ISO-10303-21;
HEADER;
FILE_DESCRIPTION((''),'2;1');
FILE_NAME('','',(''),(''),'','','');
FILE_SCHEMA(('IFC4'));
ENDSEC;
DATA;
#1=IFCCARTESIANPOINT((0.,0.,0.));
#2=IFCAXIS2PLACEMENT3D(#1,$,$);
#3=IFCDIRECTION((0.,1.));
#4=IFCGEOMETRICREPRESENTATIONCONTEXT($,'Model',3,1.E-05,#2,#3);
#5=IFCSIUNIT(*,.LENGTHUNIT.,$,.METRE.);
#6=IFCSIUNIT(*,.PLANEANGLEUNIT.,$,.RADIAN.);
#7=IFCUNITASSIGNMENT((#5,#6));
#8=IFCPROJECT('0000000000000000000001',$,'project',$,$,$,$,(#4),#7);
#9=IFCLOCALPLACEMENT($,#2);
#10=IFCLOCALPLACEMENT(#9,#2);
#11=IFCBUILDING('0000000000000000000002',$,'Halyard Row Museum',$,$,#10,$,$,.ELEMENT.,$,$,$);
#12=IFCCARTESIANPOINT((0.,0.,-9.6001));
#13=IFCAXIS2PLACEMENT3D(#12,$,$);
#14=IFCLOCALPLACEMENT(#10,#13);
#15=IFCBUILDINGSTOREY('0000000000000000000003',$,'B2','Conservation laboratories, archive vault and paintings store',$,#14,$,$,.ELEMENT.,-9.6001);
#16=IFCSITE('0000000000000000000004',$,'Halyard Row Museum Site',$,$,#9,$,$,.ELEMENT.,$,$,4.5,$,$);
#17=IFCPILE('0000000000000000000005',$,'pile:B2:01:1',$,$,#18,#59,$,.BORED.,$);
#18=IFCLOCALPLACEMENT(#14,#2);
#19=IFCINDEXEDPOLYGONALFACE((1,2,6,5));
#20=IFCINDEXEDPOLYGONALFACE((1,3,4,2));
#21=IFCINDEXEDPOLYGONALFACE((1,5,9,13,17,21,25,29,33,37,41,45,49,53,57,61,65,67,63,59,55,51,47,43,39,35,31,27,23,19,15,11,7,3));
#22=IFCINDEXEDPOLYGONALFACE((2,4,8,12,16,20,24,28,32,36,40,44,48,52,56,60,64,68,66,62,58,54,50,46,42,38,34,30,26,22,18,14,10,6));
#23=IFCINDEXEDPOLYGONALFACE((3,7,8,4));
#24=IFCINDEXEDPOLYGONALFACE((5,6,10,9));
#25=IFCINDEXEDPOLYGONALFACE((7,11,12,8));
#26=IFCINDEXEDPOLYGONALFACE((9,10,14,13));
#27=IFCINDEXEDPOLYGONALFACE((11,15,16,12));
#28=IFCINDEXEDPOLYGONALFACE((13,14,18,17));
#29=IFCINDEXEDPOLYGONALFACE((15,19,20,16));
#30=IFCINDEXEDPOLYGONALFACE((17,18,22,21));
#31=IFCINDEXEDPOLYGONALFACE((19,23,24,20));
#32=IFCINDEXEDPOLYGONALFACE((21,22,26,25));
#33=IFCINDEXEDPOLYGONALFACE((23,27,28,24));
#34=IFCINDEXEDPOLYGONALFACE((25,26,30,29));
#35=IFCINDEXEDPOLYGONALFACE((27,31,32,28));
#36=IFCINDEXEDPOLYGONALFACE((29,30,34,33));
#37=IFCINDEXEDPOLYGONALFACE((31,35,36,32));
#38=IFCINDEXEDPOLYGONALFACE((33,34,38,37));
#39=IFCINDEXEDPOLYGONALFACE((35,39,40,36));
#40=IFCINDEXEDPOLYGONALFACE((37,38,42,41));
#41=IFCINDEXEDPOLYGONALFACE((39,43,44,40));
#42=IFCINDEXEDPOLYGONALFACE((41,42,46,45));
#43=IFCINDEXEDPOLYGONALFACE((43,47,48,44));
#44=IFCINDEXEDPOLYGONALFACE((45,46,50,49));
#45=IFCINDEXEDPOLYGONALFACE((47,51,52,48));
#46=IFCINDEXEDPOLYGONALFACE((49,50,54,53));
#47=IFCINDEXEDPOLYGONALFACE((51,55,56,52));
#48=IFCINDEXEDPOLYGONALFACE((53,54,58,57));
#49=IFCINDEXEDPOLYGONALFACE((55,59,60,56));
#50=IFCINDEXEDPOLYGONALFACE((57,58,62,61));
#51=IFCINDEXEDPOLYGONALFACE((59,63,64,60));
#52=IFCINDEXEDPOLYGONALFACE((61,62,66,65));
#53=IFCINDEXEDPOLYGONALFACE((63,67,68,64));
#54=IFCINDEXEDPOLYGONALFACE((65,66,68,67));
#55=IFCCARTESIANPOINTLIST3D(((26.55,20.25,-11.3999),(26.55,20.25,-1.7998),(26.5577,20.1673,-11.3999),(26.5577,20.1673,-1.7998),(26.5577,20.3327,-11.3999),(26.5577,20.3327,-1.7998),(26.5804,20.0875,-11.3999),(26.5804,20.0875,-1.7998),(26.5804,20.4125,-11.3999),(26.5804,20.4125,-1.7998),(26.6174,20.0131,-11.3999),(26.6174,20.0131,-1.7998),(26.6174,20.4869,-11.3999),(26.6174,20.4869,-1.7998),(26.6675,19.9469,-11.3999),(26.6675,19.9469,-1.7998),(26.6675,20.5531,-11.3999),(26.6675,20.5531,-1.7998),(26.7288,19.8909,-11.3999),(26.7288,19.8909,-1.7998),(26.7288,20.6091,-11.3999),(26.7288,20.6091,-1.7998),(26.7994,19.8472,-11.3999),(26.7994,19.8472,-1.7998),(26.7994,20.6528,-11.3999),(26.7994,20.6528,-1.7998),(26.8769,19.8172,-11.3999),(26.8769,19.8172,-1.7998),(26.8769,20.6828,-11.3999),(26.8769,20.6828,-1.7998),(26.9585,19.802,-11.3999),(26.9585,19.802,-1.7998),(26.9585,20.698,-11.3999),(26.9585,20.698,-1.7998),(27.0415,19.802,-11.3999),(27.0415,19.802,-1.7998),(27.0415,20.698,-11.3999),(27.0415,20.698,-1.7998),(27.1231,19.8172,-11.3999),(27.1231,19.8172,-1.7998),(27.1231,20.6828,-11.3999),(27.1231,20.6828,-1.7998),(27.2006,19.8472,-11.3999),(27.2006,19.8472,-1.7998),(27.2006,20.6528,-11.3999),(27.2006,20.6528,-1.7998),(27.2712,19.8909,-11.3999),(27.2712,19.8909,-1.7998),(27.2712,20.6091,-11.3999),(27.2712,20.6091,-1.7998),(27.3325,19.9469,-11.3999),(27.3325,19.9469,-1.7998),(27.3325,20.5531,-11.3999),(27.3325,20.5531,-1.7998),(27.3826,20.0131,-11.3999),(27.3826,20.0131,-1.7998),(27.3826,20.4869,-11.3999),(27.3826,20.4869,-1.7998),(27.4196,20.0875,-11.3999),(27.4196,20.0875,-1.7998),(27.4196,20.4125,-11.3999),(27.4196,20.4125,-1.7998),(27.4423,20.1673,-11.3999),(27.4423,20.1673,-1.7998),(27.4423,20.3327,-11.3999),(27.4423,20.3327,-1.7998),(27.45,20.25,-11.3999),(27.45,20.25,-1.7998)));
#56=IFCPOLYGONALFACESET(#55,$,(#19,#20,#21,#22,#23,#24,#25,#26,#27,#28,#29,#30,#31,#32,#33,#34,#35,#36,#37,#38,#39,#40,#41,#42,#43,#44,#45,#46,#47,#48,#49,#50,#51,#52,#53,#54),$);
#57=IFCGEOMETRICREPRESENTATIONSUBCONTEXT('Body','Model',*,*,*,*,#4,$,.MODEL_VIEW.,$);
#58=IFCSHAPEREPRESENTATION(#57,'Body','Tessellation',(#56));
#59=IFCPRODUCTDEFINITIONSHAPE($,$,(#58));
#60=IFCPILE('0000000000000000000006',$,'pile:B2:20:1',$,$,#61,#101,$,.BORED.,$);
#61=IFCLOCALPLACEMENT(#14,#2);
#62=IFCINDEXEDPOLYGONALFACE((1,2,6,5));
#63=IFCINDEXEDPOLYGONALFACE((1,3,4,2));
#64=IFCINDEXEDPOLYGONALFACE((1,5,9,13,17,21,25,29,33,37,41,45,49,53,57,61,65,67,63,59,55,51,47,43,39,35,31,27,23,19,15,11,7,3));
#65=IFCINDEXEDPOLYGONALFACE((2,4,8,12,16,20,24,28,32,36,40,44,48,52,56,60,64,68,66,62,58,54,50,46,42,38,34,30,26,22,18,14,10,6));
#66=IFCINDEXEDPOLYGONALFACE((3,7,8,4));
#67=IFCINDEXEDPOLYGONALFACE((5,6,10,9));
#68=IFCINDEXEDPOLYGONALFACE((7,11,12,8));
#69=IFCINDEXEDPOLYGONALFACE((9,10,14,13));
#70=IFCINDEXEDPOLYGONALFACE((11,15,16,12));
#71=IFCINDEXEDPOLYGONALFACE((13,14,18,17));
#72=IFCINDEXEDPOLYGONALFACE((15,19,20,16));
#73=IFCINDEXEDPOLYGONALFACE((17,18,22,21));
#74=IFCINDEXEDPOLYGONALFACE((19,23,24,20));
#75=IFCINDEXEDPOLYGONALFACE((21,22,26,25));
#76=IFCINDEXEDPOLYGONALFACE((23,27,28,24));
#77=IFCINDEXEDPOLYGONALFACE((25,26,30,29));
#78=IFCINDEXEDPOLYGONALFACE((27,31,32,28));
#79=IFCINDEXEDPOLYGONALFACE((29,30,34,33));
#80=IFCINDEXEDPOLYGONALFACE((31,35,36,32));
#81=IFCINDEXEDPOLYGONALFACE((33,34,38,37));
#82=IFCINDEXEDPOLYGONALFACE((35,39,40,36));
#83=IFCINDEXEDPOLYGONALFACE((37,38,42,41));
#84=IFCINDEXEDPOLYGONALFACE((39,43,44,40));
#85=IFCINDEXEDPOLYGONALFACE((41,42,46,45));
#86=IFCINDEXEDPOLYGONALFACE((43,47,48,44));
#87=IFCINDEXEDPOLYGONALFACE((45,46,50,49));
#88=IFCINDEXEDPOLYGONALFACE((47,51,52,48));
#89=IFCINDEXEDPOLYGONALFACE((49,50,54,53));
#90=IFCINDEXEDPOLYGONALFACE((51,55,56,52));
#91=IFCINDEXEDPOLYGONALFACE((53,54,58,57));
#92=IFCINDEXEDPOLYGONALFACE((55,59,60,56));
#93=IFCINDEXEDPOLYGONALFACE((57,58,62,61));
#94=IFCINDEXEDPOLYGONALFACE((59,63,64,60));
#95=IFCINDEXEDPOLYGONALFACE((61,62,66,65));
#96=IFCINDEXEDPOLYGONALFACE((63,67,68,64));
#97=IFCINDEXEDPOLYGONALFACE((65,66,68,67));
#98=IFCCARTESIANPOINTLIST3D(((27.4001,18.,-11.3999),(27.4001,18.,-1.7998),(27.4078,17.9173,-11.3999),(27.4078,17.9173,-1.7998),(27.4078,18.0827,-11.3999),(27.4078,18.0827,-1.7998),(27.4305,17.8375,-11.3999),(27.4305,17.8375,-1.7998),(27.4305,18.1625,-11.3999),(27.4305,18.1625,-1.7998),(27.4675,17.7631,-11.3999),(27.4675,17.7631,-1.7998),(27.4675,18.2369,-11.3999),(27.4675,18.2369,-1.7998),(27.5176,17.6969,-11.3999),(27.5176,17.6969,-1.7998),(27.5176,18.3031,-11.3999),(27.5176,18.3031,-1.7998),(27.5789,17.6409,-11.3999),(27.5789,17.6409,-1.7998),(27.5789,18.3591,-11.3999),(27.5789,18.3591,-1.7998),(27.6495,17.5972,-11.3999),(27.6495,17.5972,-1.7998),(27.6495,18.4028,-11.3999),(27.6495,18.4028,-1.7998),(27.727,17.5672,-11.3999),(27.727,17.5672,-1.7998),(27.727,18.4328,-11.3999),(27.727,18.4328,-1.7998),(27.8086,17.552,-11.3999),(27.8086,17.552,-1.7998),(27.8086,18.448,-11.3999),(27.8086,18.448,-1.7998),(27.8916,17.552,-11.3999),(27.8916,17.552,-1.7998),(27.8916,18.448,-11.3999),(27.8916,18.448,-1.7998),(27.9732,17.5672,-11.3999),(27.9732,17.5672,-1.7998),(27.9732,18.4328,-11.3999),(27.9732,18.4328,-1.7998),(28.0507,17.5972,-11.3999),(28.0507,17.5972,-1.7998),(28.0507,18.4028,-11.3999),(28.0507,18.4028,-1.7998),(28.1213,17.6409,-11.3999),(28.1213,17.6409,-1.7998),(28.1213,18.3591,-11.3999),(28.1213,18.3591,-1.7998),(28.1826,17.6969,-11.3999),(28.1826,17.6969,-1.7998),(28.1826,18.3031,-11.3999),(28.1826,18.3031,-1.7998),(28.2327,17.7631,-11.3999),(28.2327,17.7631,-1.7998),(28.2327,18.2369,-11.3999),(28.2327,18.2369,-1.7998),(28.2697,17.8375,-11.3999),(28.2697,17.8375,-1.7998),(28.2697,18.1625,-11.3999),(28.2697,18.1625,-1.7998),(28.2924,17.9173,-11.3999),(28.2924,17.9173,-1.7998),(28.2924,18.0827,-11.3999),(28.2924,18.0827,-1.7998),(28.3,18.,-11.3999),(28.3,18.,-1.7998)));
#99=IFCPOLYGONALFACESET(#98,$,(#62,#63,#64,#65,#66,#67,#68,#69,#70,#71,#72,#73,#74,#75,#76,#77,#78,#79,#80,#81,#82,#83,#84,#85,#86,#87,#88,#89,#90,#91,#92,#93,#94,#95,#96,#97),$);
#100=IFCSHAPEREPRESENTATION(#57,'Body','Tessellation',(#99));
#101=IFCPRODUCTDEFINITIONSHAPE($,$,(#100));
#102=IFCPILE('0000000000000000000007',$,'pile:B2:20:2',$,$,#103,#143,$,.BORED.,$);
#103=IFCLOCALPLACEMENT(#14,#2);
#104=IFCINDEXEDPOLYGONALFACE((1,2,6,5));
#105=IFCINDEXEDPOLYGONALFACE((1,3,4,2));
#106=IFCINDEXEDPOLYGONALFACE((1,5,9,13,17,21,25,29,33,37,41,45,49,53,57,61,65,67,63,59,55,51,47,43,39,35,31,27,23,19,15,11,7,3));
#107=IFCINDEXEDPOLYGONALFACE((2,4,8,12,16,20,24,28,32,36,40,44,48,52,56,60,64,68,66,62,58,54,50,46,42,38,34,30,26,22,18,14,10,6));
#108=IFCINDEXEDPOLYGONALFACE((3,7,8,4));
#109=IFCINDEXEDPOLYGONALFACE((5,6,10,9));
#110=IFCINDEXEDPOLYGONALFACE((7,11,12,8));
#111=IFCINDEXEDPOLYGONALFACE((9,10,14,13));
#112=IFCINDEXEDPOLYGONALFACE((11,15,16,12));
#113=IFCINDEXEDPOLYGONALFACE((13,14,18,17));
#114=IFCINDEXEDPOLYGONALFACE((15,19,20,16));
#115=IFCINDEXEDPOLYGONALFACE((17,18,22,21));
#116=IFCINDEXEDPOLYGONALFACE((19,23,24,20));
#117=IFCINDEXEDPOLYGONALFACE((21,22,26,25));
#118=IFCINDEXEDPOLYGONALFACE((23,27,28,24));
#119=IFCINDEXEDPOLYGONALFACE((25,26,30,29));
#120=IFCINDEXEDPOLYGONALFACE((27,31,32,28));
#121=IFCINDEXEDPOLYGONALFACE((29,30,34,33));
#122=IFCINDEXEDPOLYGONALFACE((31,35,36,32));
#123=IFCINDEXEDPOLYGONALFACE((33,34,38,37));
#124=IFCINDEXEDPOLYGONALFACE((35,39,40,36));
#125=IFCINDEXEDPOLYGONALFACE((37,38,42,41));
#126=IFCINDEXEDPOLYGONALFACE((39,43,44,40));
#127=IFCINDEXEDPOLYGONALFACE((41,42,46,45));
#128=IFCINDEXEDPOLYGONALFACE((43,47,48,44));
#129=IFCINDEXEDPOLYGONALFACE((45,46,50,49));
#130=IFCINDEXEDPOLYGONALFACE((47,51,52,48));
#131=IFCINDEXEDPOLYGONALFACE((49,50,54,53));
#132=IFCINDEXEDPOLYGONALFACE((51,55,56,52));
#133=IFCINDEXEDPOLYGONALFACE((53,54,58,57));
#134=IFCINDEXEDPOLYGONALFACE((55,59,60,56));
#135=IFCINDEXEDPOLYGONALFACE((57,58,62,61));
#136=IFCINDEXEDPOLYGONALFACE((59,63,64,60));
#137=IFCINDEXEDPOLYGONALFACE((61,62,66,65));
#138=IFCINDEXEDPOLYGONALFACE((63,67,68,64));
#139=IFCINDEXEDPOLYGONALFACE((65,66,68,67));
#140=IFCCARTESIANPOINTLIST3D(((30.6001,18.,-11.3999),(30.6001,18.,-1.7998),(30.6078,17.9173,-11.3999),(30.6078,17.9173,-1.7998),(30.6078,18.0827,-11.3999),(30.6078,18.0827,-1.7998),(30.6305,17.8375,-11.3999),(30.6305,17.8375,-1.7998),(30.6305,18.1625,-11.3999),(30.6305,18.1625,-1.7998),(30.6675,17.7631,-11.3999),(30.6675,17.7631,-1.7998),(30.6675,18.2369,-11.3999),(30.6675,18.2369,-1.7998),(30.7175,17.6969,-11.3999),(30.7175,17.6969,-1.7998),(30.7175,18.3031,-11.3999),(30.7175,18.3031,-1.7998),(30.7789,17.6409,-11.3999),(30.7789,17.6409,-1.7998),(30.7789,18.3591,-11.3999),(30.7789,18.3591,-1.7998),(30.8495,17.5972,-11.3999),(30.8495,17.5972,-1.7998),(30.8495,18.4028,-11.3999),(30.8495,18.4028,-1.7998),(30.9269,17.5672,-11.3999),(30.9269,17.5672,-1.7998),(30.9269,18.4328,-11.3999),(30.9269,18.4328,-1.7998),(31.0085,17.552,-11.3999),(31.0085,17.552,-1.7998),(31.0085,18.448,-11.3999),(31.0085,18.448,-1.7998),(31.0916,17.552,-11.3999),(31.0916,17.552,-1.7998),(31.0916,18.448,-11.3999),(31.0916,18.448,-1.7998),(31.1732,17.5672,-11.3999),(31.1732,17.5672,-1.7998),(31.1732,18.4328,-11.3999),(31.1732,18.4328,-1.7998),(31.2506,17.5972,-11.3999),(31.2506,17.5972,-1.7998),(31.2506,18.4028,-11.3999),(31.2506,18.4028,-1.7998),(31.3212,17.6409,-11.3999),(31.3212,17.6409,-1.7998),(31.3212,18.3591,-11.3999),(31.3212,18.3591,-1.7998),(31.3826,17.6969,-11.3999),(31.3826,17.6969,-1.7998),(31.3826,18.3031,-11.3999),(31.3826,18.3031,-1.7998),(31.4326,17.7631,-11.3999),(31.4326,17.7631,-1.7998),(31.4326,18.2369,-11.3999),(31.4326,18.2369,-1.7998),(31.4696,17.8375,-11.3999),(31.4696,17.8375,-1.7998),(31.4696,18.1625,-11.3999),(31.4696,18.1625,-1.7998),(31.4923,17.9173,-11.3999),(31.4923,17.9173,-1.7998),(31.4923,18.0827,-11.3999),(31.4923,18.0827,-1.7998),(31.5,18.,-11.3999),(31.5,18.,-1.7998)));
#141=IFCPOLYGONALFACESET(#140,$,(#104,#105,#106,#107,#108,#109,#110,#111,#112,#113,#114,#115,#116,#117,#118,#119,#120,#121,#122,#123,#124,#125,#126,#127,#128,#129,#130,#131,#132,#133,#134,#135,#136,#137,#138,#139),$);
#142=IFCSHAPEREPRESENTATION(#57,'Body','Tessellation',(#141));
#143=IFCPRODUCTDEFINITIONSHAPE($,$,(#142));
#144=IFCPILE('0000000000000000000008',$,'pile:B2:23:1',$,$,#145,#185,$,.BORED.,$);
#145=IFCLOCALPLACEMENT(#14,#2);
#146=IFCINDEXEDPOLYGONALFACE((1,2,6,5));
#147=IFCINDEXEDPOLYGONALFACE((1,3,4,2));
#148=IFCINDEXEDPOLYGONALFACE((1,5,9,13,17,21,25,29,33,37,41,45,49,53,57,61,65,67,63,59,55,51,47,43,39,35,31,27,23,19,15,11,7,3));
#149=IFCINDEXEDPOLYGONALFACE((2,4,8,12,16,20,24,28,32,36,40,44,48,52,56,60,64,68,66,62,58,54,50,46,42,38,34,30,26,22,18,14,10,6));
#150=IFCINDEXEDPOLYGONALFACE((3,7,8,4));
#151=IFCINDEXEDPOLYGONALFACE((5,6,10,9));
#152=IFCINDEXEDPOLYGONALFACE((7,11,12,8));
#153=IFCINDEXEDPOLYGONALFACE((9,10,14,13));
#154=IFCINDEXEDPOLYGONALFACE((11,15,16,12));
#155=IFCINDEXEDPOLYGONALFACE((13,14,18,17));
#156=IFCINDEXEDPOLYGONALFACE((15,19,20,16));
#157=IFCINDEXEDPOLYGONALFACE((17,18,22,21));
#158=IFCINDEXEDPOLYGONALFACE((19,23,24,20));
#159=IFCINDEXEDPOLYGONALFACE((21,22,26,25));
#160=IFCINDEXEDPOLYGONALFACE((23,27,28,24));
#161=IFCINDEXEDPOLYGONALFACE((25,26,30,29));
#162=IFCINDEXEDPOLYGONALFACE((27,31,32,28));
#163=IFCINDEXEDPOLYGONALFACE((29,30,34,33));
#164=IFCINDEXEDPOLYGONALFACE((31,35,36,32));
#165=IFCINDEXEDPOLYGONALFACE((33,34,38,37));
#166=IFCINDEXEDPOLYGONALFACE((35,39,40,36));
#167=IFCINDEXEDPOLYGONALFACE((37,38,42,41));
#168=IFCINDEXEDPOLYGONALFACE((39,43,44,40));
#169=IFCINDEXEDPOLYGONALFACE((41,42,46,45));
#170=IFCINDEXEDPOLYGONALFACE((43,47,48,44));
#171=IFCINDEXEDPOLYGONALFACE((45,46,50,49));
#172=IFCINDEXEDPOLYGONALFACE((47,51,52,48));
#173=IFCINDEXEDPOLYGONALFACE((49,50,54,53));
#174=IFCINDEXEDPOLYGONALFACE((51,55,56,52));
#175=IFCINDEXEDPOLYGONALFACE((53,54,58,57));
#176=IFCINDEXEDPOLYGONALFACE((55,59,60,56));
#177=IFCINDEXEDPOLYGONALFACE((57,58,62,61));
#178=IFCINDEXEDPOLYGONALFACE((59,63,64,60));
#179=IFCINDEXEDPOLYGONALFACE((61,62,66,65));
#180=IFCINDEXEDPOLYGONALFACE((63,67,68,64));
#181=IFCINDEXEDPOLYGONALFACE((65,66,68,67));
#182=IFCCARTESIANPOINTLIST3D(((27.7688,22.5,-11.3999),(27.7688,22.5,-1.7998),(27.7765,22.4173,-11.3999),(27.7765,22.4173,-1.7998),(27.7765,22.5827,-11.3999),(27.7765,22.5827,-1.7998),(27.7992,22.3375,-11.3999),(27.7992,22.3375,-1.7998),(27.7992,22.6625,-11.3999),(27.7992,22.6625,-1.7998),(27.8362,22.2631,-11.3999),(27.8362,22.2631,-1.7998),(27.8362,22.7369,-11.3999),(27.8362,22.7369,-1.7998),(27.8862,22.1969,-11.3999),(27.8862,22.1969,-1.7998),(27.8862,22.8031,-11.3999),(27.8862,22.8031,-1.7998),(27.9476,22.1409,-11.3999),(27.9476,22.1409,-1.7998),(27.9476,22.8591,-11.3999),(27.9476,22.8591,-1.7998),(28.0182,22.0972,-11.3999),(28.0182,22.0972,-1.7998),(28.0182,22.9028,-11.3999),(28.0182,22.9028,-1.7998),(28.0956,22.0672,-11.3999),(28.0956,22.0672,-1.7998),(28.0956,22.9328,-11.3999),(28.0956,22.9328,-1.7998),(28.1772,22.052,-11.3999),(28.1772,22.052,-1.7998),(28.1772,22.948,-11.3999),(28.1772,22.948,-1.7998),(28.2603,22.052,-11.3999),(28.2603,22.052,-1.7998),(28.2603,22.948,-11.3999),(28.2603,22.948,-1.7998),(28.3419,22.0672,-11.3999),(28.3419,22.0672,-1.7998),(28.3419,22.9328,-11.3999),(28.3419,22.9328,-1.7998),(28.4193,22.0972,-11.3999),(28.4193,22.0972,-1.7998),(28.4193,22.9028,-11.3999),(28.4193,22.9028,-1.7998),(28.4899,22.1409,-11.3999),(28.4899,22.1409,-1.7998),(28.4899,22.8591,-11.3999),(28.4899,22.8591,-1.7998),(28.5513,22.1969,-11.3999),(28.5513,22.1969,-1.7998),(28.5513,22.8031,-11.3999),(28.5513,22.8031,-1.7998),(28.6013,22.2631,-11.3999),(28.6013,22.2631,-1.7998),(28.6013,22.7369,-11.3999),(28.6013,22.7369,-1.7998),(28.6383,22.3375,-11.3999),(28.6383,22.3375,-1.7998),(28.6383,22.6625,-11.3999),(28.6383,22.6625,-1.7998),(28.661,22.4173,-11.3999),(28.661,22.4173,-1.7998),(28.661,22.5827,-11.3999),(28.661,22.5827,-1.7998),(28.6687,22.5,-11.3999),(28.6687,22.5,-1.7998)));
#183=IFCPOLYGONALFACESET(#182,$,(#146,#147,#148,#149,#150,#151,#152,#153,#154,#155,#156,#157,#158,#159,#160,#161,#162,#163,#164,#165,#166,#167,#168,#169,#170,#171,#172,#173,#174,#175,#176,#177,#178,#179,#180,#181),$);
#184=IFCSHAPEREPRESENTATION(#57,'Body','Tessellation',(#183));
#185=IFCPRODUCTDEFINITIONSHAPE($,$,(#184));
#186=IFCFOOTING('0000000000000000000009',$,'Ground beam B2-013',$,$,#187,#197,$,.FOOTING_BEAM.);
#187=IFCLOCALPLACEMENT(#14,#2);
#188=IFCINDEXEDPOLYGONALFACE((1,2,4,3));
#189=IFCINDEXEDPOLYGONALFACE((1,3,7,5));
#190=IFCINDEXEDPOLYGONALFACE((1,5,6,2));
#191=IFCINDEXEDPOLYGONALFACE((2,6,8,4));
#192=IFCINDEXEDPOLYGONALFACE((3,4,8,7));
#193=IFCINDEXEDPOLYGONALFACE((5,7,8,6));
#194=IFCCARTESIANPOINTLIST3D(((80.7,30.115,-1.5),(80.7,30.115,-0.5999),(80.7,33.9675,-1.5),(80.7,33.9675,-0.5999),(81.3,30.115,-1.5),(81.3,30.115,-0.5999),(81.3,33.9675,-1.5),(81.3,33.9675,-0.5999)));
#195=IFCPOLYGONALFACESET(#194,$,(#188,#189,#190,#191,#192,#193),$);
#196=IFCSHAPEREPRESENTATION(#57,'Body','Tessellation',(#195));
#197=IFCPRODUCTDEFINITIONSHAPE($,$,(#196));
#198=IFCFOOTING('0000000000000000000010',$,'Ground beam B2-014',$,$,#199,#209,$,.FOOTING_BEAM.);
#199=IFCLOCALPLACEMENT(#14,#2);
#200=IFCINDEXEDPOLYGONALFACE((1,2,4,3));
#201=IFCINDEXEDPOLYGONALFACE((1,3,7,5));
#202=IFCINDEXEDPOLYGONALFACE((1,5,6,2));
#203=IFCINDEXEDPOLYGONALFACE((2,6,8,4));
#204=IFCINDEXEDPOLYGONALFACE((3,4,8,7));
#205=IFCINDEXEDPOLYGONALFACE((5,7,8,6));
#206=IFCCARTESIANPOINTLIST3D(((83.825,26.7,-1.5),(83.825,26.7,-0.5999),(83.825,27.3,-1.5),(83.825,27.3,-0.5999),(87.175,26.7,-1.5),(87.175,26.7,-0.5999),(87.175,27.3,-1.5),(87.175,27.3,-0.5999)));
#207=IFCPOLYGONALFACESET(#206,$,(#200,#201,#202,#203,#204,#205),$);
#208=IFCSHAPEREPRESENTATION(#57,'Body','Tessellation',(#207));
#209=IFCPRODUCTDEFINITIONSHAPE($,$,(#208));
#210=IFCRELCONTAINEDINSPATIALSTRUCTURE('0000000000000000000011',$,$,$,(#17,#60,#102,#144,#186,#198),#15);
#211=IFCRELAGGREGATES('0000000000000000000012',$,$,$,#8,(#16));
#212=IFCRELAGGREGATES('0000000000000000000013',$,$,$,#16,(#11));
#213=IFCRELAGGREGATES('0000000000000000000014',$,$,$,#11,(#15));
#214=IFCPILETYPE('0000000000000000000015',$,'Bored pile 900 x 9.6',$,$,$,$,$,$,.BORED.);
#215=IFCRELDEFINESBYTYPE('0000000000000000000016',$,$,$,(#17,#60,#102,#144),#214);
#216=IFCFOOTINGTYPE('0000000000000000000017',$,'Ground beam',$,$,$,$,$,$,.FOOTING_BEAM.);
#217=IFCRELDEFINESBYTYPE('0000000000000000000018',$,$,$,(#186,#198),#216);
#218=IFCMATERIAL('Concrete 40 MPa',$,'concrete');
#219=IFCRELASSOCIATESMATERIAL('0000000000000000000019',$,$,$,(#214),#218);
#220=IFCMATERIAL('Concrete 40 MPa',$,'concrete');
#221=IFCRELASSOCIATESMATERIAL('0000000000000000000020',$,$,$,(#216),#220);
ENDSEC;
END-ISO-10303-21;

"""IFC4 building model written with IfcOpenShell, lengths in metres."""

from ifc_helpers import new_model, si_unit, direction, frame, origin, origin_2d, place, context, subcontext, project, spatial, polyline, circle, outline, extrude, material, material_profile, profile_set, type_object, element, save


model = new_model("IFC4")

# Units and contexts
model_context = context("Model", 3, precision=1e-05, world=origin(), true_north=direction((0.0, 1.0)))
body_context = subcontext(model_context, "Body", "Model", "MODEL_VIEW")
ifc_project = project(units=[si_unit("LENGTHUNIT", "METRE"), si_unit("PLANEANGLEUNIT", "RADIAN")], contexts=[model_context])

# Site, building, storey
site_placement = place(None, origin())
site = spatial("IfcSite", under=ifc_project, at=site_placement, Name="Halyard Row Museum Site", CompositionType="ELEMENT", RefElevation=4.5)
building_placement = place(site_placement, origin())
building = spatial("IfcBuilding", under=site, at=building_placement, Name="Halyard Row Museum", CompositionType="ELEMENT")
storey_placement = place(building_placement, frame((0.0, 0.0, -9.6001)))
storey = spatial("IfcBuildingStorey", under=building, at=storey_placement, Name="B2", Description="Conservation laboratories, archive vault and paintings store", CompositionType="ELEMENT", Elevation=-9.6001)

# Piles
ifc_material_1 = material(Name="Concrete 40 MPa", Category="concrete")
ifc_material_profile_1 = material_profile(ifc_material_1, circle(Radius=0.45, at=origin_2d()), Name="Bored pile 900 x 9.6")
ifc_profile_set_1 = profile_set([ifc_material_profile_1], Name="Concrete 40 MPa")
pile_type = type_object("IfcPileType", Name="Bored pile 900 x 9.6", PredefinedType="BORED", material=ifc_profile_set_1)
for number, where, z_axis, x_axis, name in (
    (1, (27.0, 20.25, -1.7998), (0.0, 0.0, -1.0), (1.0, 0.0, 0.0), "pile:B2:01:1"),
    (2, (27.8501, 18.0, -1.7998), (0.0, 0.0, -1.0), (1.0, 0.0, 0.0), "pile:B2:20:1"),
    (3, (31.05, 18.0, -1.7998), (0.0, 0.0, -1.0), (1.0, 0.0, 0.0), "pile:B2:20:2"),
    (4, (28.2188, 22.5, -1.7998), (0.0, 0.0, -1.0), (1.0, 0.0, 0.0), "pile:B2:23:1"),
):
    element("IfcPile", number, at=place(storey_placement, frame(where, z_axis=z_axis, x_axis=x_axis)), inside=storey, type_object=pile_type, Name=name, PredefinedType="BORED", context=body_context, shape_type="SweptSolid", body=[
        extrude(circle(Radius=0.45, at=origin_2d()), origin(), (0.0, 0.0, 1.0), 9.6001),
    ])

# Footings
ifc_material_2 = material(Name="Concrete 40 MPa", Category="concrete")
footing_type = type_object("IfcFootingType", Name="Ground beam", PredefinedType="FOOTING_BEAM", material=ifc_material_2)
footing_1_placement = place(storey_placement, frame((0.0, 0.0, -1.5)))
element("IfcFooting", 5, at=footing_1_placement, inside=storey, type_object=footing_type, Name="Ground beam B2-013", PredefinedType="FOOTING_BEAM", context=body_context, shape_type="SweptSolid", body=[
    extrude(outline(polyline([(80.7, 30.115), (81.3, 30.115), (81.3, 33.9675), (80.7, 33.9675), (80.7, 30.115)])), origin(), (0.0, 0.0, 1.0), 0.9001),
])
footing_2_placement = place(storey_placement, frame((0.0, 0.0, -1.5)))
element("IfcFooting", 6, at=footing_2_placement, inside=storey, type_object=footing_type, Name="Ground beam B2-014", PredefinedType="FOOTING_BEAM", context=body_context, shape_type="SweptSolid", body=[
    extrude(outline(polyline([(83.825, 26.7), (87.175, 26.7), (87.175, 27.3), (83.825, 27.3), (83.825, 26.7)])), origin(), (0.0, 0.0, 1.0), 0.9001),
])

save(model, "model.ifc")
